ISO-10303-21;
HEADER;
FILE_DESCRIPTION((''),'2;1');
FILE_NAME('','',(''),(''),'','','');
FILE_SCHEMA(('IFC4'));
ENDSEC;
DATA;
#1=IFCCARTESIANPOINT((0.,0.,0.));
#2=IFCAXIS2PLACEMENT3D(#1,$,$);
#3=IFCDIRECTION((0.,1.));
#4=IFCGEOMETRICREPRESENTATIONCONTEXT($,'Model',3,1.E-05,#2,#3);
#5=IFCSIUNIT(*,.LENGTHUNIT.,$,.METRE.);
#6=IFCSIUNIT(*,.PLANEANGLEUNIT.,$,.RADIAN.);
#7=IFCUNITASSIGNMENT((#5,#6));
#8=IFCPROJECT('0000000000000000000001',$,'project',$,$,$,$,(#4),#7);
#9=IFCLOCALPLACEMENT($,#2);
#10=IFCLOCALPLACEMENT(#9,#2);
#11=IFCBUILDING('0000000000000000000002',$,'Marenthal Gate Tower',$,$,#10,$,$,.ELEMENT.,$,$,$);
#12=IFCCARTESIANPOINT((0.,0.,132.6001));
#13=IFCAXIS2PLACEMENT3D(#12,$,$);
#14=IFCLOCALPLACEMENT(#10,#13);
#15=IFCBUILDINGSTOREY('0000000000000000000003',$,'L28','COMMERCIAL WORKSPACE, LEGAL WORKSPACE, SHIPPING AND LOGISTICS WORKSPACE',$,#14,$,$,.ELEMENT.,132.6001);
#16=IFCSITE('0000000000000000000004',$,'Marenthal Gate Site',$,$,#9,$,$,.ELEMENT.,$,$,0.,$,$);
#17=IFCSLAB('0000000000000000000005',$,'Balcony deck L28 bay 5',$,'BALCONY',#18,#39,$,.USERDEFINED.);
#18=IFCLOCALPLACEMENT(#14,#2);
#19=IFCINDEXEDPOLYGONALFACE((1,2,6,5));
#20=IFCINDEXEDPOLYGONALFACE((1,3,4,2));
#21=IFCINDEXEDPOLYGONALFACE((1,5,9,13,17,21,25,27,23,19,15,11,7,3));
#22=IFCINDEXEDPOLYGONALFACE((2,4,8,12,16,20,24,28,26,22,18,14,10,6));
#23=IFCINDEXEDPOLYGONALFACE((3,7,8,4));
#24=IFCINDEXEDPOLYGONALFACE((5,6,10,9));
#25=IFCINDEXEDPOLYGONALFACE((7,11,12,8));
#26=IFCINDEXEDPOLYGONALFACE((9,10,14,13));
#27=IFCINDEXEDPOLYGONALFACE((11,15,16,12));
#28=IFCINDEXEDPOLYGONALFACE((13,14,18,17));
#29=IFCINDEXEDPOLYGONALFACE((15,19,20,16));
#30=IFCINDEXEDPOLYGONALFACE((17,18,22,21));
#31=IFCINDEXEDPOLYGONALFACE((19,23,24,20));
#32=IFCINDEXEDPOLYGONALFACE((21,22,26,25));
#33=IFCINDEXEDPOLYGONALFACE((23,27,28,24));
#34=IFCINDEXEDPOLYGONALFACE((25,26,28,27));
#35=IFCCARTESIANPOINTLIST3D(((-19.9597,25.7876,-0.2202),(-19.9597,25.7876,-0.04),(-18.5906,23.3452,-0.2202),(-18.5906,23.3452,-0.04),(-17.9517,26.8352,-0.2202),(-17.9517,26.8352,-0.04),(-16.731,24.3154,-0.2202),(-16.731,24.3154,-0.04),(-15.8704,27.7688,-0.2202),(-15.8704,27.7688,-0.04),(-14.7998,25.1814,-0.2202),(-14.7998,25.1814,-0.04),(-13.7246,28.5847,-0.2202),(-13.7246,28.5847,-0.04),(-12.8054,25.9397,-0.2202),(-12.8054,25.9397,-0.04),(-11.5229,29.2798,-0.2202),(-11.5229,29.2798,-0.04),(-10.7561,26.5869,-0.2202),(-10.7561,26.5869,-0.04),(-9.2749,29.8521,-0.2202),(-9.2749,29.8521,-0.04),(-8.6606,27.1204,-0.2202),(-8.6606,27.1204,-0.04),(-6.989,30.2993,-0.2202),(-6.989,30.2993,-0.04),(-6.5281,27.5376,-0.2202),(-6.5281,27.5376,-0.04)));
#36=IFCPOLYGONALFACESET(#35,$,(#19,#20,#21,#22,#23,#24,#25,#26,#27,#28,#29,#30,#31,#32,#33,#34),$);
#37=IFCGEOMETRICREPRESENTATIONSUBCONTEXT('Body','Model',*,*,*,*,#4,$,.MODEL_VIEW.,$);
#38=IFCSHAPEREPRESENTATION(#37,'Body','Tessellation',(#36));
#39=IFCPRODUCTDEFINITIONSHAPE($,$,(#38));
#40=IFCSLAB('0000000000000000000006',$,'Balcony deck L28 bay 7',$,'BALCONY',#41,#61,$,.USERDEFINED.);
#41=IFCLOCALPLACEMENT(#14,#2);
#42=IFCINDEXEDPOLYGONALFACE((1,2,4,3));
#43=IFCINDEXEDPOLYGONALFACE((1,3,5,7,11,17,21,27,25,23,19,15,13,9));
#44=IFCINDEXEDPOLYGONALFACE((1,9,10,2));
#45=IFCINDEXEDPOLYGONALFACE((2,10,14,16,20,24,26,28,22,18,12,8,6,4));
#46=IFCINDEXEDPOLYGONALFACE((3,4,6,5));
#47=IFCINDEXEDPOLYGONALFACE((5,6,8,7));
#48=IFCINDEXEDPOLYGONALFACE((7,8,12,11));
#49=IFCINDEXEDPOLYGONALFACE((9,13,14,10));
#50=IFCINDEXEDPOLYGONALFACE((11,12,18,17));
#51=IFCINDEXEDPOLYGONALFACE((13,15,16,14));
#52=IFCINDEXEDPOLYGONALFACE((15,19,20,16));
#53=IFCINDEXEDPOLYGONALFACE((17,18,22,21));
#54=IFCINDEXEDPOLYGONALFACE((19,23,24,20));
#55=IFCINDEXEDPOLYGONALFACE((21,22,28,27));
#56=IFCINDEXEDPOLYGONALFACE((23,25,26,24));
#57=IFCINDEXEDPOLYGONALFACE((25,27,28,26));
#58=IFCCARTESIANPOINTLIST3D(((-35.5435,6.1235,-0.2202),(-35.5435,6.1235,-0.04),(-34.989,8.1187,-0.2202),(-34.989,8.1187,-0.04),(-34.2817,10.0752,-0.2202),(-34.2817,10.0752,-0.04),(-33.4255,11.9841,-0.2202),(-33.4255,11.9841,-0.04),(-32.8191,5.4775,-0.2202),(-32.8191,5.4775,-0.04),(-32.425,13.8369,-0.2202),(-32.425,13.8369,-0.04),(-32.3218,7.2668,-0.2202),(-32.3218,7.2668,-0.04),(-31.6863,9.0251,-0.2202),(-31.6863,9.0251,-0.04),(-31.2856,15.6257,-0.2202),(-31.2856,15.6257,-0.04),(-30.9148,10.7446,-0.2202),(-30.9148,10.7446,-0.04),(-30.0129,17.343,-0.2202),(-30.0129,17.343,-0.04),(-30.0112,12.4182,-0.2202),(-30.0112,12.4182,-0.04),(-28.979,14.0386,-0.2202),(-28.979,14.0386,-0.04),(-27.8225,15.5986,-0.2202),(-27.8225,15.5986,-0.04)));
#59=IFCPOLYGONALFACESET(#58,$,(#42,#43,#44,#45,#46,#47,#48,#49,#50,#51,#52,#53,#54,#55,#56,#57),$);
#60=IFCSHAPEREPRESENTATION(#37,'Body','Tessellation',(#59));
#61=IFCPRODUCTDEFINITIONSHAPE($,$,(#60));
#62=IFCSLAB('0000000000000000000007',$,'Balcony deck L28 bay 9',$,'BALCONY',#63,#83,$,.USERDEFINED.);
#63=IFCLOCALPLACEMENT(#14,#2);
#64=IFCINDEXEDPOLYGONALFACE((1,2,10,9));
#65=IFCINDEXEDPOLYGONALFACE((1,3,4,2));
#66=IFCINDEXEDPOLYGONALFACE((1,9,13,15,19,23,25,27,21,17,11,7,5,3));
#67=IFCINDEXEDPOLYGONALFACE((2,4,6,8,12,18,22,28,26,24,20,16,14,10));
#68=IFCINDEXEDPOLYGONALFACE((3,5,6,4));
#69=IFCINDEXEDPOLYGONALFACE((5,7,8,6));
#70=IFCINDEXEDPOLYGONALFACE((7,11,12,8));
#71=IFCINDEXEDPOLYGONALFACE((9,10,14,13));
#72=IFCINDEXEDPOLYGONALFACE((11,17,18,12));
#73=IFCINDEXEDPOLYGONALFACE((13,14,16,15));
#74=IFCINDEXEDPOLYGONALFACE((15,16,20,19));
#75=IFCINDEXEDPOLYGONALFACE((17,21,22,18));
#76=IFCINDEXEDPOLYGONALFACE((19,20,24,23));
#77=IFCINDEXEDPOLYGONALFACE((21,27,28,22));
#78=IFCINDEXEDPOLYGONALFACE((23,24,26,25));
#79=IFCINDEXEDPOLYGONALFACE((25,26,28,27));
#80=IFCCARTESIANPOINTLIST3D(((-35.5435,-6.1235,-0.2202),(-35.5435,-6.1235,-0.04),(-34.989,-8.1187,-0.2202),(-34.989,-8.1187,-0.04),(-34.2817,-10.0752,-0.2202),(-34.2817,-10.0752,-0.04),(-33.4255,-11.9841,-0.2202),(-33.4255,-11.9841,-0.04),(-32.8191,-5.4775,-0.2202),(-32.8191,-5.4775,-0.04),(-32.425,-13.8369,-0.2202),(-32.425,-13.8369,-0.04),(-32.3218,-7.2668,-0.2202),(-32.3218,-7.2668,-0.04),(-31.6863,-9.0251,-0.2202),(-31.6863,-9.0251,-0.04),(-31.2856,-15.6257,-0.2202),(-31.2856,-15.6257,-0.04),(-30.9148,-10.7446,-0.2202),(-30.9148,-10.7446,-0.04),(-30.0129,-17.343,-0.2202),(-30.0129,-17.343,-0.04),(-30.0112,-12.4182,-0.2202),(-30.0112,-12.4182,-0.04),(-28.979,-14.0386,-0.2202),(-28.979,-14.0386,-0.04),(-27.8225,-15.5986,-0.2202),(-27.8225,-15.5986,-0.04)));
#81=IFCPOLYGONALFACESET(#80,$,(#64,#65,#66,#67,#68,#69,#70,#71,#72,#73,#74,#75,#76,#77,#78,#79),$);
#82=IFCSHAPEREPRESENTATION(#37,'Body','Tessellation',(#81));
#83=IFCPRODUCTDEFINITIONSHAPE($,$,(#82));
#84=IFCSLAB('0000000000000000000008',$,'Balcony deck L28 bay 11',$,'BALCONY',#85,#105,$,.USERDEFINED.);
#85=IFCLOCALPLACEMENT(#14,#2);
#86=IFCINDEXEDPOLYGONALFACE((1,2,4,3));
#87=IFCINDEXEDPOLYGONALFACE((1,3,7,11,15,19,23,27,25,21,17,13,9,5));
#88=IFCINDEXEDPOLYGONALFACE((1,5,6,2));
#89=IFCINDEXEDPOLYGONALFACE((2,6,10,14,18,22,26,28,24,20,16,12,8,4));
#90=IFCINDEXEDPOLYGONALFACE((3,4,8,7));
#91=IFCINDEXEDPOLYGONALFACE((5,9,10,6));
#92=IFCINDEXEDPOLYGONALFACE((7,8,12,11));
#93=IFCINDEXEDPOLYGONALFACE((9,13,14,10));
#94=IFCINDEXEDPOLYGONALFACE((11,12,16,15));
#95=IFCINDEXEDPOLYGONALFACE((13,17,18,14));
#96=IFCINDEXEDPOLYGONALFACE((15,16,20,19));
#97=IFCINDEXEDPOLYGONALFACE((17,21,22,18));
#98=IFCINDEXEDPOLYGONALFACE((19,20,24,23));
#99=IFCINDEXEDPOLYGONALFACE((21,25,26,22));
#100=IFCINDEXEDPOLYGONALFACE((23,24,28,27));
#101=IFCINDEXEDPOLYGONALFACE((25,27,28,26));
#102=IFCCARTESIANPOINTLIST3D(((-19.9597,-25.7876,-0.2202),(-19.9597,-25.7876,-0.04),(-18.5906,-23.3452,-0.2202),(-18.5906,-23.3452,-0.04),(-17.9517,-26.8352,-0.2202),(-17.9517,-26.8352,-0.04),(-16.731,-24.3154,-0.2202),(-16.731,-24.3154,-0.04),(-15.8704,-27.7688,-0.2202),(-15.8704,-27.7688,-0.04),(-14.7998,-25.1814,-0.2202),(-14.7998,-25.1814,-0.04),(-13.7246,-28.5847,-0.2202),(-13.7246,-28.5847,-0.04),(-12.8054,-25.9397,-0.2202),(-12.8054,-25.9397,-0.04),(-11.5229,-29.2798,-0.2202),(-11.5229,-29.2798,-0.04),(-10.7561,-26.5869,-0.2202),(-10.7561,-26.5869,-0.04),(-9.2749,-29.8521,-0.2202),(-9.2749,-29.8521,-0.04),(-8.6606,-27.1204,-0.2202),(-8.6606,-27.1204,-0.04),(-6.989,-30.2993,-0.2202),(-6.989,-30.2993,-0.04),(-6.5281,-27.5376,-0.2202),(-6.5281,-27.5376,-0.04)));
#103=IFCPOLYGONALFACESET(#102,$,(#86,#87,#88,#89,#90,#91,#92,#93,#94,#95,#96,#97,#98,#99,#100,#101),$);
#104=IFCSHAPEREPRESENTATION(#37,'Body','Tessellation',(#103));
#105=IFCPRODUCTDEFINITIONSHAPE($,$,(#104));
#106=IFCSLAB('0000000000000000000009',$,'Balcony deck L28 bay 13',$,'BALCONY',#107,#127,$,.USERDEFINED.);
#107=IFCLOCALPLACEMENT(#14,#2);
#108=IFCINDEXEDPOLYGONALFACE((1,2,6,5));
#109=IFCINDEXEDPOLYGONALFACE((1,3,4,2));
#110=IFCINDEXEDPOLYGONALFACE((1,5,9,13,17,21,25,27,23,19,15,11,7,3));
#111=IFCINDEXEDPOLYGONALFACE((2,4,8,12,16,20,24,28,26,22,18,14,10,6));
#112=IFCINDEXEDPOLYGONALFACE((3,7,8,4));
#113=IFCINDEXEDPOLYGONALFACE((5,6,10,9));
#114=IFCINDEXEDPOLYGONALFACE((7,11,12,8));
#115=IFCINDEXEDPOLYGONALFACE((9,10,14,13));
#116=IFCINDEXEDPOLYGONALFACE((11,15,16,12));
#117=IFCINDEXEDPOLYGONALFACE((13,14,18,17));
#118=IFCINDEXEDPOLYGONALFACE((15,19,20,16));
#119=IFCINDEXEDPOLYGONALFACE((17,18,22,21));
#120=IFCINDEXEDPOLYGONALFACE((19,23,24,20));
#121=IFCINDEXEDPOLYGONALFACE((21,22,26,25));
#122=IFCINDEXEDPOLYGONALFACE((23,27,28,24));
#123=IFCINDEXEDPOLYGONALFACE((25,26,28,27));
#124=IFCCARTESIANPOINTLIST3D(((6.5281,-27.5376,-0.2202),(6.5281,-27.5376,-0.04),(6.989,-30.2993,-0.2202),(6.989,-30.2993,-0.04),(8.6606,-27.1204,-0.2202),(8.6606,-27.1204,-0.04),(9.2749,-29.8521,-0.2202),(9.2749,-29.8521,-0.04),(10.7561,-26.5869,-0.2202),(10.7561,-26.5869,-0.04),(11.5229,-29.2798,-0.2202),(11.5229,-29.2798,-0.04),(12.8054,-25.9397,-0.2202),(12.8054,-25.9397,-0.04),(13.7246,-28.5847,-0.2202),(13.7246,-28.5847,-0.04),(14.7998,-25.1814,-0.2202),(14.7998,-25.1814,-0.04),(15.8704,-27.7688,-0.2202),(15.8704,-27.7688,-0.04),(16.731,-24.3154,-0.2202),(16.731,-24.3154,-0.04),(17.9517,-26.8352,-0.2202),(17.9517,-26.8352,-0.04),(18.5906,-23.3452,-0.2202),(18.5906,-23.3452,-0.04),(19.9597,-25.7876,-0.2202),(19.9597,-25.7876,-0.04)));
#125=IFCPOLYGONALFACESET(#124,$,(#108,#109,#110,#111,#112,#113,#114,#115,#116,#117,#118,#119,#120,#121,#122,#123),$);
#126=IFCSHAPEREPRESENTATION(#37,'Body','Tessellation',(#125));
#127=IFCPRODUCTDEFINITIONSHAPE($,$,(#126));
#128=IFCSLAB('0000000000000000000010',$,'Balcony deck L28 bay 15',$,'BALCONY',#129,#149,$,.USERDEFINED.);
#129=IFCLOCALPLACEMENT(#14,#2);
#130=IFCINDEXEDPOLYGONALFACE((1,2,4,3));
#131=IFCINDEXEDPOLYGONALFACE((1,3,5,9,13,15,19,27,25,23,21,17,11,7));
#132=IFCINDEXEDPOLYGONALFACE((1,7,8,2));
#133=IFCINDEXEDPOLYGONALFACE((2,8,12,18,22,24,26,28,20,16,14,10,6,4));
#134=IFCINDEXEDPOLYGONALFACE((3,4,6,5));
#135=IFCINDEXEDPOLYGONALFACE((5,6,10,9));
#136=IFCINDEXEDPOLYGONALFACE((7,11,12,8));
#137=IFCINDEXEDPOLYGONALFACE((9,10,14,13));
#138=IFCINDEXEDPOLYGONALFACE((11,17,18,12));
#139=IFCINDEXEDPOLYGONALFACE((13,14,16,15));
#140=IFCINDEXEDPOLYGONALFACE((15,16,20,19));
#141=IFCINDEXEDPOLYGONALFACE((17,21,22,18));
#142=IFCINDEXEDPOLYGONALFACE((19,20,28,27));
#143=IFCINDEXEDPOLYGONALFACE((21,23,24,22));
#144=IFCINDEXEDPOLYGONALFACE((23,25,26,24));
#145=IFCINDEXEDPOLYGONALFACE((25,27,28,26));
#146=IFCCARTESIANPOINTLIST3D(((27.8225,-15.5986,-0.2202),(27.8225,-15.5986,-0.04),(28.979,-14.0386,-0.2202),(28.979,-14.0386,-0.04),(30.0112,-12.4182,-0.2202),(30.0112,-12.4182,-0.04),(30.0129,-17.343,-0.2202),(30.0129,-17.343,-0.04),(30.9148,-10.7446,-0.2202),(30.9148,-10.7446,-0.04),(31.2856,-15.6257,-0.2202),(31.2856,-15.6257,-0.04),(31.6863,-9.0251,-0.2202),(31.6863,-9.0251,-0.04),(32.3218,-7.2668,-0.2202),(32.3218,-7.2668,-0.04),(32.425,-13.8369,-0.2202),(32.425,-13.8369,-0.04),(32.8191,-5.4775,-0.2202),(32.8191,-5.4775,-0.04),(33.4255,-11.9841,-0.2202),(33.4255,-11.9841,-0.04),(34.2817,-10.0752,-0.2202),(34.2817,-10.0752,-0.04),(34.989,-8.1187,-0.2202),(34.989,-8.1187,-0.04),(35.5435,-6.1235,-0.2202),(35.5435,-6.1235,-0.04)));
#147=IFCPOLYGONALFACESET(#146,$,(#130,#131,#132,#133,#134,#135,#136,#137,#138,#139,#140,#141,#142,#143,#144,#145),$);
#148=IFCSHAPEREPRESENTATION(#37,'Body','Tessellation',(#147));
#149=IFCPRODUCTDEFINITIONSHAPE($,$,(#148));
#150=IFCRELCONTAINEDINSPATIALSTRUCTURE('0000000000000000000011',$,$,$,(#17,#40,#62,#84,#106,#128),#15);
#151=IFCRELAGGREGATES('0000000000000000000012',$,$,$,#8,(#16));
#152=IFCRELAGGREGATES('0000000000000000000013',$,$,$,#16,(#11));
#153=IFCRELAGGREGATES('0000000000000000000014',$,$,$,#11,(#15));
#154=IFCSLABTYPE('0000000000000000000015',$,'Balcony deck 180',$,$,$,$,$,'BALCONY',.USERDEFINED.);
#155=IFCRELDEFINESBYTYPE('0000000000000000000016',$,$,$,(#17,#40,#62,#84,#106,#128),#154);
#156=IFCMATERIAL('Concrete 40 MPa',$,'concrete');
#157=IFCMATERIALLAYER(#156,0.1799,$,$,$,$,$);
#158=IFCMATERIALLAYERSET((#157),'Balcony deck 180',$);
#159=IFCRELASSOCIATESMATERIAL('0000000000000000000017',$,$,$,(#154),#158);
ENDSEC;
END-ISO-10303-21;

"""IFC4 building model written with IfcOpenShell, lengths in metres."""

from ifc_helpers import new_model, si_unit, direction, frame, origin, place, context, subcontext, project, spatial, polyline, outline, extrude, material, layer, layer_set, type_object, element, save


model = new_model("IFC4")

# Units and contexts
model_context = context("Model", 3, precision=1e-05, world=origin(), true_north=direction((0.0, 1.0)))
body_context = subcontext(model_context, "Body", "Model", "MODEL_VIEW")
ifc_project = project(units=[si_unit("LENGTHUNIT", "METRE"), si_unit("PLANEANGLEUNIT", "RADIAN")], contexts=[model_context])

# Site, building, storey
site_placement = place(None, origin())
site = spatial("IfcSite", under=ifc_project, at=site_placement, Name="Marenthal Gate Site", CompositionType="ELEMENT", RefElevation=0.0)
building_placement = place(site_placement, origin())
building = spatial("IfcBuilding", under=site, at=building_placement, Name="Marenthal Gate Tower", CompositionType="ELEMENT")
storey_placement = place(building_placement, frame((0.0, 0.0, 132.6001)))
storey = spatial("IfcBuildingStorey", under=building, at=storey_placement, Name="L28", Description="COMMERCIAL WORKSPACE, LEGAL WORKSPACE, SHIPPING AND LOGISTICS WORKSPACE", CompositionType="ELEMENT", Elevation=132.6001)

# Slabs
ifc_material_1 = material(Name="Concrete 40 MPa", Category="concrete")
ifc_layer_1 = layer(ifc_material_1, 0.1799)
ifc_layer_set_1 = layer_set([ifc_layer_1], Name="Balcony deck 180")
slab_type_1 = type_object("IfcSlabType", Name="Balcony deck 180", ElementType="BALCONY", PredefinedType="USERDEFINED", material=ifc_layer_set_1)
slab_1_placement = place(storey_placement, frame((0.0, 0.0, -0.2202)))
element("IfcSlab", 1, at=slab_1_placement, inside=storey, type_object=slab_type_1, Name="Balcony deck L28 bay 5", ObjectType="BALCONY", PredefinedType="USERDEFINED", context=body_context, shape_type="SweptSolid", body=[
    extrude(outline(polyline([(-6.5281, 27.5376), (-8.6606, 27.1204), (-10.7561, 26.5869), (-12.8054, 25.9397), (-14.7998, 25.1814), (-16.731, 24.3154), (-18.5906, 23.3452), (-19.9597, 25.7876), (-17.9517, 26.8352), (-15.8704, 27.7688), (-13.7246, 28.5847), (-11.5229, 29.2798), (-9.2749, 29.8521), (-6.989, 30.2993), (-6.5281, 27.5376)])), origin(), (0.0, 0.0, 1.0), 0.1802),
])
slab_2_placement = place(storey_placement, frame((0.0, 0.0, -0.2202)))
element("IfcSlab", 2, at=slab_2_placement, inside=storey, type_object=slab_type_1, Name="Balcony deck L28 bay 7", ObjectType="BALCONY", PredefinedType="USERDEFINED", context=body_context, shape_type="SweptSolid", body=[
    extrude(outline(polyline([(-27.8225, 15.5986), (-28.979, 14.0386), (-30.0112, 12.4182), (-30.9148, 10.7446), (-31.6863, 9.0251), (-32.3218, 7.2668), (-32.8191, 5.4775), (-35.5435, 6.1235), (-34.989, 8.1187), (-34.2817, 10.0752), (-33.4255, 11.9841), (-32.425, 13.8369), (-31.2856, 15.6257), (-30.0129, 17.343), (-27.8225, 15.5986)])), origin(), (0.0, 0.0, 1.0), 0.1802),
])
slab_3_placement = place(storey_placement, frame((0.0, 0.0, -0.2202)))
element("IfcSlab", 3, at=slab_3_placement, inside=storey, type_object=slab_type_1, Name="Balcony deck L28 bay 9", ObjectType="BALCONY", PredefinedType="USERDEFINED", context=body_context, shape_type="SweptSolid", body=[
    extrude(outline(polyline([(-32.8191, -5.4775), (-32.3218, -7.2668), (-31.6863, -9.0251), (-30.9148, -10.7446), (-30.0112, -12.4182), (-28.979, -14.0386), (-27.8225, -15.5986), (-30.0129, -17.343), (-31.2856, -15.6257), (-32.425, -13.8369), (-33.4255, -11.9841), (-34.2817, -10.0752), (-34.989, -8.1187), (-35.5435, -6.1235), (-32.8191, -5.4775)])), origin(), (0.0, 0.0, 1.0), 0.1802),
])
slab_4_placement = place(storey_placement, frame((0.0, 0.0, -0.2202)))
element("IfcSlab", 4, at=slab_4_placement, inside=storey, type_object=slab_type_1, Name="Balcony deck L28 bay 11", ObjectType="BALCONY", PredefinedType="USERDEFINED", context=body_context, shape_type="SweptSolid", body=[
    extrude(outline(polyline([(-18.5906, -23.3452), (-16.731, -24.3154), (-14.7998, -25.1814), (-12.8054, -25.9397), (-10.7561, -26.5869), (-8.6606, -27.1204), (-6.5281, -27.5376), (-6.989, -30.2993), (-9.2749, -29.8521), (-11.5229, -29.2798), (-13.7246, -28.5847), (-15.8704, -27.7688), (-17.9517, -26.8352), (-19.9597, -25.7876), (-18.5906, -23.3452)])), origin(), (0.0, 0.0, 1.0), 0.1802),
])
slab_5_placement = place(storey_placement, frame((0.0, 0.0, -0.2202)))
element("IfcSlab", 5, at=slab_5_placement, inside=storey, type_object=slab_type_1, Name="Balcony deck L28 bay 13", ObjectType="BALCONY", PredefinedType="USERDEFINED", context=body_context, shape_type="SweptSolid", body=[
    extrude(outline(polyline([(6.5281, -27.5376), (8.6606, -27.1204), (10.7561, -26.5869), (12.8054, -25.9397), (14.7998, -25.1814), (16.731, -24.3154), (18.5906, -23.3452), (19.9597, -25.7876), (17.9517, -26.8352), (15.8704, -27.7688), (13.7246, -28.5847), (11.5229, -29.2798), (9.2749, -29.8521), (6.989, -30.2993), (6.5281, -27.5376)])), origin(), (0.0, 0.0, 1.0), 0.1802),
])
slab_6_placement = place(storey_placement, frame((0.0, 0.0, -0.2202)))
element("IfcSlab", 6, at=slab_6_placement, inside=storey, type_object=slab_type_1, Name="Balcony deck L28 bay 15", ObjectType="BALCONY", PredefinedType="USERDEFINED", context=body_context, shape_type="SweptSolid", body=[
    extrude(outline(polyline([(27.8225, -15.5986), (28.979, -14.0386), (30.0112, -12.4182), (30.9148, -10.7446), (31.6863, -9.0251), (32.3218, -7.2668), (32.8191, -5.4775), (35.5435, -6.1235), (34.989, -8.1187), (34.2817, -10.0752), (33.4255, -11.9841), (32.425, -13.8369), (31.2856, -15.6257), (30.0129, -17.343), (27.8225, -15.5986)])), origin(), (0.0, 0.0, 1.0), 0.1802),
])

save(model, "model.ifc")
